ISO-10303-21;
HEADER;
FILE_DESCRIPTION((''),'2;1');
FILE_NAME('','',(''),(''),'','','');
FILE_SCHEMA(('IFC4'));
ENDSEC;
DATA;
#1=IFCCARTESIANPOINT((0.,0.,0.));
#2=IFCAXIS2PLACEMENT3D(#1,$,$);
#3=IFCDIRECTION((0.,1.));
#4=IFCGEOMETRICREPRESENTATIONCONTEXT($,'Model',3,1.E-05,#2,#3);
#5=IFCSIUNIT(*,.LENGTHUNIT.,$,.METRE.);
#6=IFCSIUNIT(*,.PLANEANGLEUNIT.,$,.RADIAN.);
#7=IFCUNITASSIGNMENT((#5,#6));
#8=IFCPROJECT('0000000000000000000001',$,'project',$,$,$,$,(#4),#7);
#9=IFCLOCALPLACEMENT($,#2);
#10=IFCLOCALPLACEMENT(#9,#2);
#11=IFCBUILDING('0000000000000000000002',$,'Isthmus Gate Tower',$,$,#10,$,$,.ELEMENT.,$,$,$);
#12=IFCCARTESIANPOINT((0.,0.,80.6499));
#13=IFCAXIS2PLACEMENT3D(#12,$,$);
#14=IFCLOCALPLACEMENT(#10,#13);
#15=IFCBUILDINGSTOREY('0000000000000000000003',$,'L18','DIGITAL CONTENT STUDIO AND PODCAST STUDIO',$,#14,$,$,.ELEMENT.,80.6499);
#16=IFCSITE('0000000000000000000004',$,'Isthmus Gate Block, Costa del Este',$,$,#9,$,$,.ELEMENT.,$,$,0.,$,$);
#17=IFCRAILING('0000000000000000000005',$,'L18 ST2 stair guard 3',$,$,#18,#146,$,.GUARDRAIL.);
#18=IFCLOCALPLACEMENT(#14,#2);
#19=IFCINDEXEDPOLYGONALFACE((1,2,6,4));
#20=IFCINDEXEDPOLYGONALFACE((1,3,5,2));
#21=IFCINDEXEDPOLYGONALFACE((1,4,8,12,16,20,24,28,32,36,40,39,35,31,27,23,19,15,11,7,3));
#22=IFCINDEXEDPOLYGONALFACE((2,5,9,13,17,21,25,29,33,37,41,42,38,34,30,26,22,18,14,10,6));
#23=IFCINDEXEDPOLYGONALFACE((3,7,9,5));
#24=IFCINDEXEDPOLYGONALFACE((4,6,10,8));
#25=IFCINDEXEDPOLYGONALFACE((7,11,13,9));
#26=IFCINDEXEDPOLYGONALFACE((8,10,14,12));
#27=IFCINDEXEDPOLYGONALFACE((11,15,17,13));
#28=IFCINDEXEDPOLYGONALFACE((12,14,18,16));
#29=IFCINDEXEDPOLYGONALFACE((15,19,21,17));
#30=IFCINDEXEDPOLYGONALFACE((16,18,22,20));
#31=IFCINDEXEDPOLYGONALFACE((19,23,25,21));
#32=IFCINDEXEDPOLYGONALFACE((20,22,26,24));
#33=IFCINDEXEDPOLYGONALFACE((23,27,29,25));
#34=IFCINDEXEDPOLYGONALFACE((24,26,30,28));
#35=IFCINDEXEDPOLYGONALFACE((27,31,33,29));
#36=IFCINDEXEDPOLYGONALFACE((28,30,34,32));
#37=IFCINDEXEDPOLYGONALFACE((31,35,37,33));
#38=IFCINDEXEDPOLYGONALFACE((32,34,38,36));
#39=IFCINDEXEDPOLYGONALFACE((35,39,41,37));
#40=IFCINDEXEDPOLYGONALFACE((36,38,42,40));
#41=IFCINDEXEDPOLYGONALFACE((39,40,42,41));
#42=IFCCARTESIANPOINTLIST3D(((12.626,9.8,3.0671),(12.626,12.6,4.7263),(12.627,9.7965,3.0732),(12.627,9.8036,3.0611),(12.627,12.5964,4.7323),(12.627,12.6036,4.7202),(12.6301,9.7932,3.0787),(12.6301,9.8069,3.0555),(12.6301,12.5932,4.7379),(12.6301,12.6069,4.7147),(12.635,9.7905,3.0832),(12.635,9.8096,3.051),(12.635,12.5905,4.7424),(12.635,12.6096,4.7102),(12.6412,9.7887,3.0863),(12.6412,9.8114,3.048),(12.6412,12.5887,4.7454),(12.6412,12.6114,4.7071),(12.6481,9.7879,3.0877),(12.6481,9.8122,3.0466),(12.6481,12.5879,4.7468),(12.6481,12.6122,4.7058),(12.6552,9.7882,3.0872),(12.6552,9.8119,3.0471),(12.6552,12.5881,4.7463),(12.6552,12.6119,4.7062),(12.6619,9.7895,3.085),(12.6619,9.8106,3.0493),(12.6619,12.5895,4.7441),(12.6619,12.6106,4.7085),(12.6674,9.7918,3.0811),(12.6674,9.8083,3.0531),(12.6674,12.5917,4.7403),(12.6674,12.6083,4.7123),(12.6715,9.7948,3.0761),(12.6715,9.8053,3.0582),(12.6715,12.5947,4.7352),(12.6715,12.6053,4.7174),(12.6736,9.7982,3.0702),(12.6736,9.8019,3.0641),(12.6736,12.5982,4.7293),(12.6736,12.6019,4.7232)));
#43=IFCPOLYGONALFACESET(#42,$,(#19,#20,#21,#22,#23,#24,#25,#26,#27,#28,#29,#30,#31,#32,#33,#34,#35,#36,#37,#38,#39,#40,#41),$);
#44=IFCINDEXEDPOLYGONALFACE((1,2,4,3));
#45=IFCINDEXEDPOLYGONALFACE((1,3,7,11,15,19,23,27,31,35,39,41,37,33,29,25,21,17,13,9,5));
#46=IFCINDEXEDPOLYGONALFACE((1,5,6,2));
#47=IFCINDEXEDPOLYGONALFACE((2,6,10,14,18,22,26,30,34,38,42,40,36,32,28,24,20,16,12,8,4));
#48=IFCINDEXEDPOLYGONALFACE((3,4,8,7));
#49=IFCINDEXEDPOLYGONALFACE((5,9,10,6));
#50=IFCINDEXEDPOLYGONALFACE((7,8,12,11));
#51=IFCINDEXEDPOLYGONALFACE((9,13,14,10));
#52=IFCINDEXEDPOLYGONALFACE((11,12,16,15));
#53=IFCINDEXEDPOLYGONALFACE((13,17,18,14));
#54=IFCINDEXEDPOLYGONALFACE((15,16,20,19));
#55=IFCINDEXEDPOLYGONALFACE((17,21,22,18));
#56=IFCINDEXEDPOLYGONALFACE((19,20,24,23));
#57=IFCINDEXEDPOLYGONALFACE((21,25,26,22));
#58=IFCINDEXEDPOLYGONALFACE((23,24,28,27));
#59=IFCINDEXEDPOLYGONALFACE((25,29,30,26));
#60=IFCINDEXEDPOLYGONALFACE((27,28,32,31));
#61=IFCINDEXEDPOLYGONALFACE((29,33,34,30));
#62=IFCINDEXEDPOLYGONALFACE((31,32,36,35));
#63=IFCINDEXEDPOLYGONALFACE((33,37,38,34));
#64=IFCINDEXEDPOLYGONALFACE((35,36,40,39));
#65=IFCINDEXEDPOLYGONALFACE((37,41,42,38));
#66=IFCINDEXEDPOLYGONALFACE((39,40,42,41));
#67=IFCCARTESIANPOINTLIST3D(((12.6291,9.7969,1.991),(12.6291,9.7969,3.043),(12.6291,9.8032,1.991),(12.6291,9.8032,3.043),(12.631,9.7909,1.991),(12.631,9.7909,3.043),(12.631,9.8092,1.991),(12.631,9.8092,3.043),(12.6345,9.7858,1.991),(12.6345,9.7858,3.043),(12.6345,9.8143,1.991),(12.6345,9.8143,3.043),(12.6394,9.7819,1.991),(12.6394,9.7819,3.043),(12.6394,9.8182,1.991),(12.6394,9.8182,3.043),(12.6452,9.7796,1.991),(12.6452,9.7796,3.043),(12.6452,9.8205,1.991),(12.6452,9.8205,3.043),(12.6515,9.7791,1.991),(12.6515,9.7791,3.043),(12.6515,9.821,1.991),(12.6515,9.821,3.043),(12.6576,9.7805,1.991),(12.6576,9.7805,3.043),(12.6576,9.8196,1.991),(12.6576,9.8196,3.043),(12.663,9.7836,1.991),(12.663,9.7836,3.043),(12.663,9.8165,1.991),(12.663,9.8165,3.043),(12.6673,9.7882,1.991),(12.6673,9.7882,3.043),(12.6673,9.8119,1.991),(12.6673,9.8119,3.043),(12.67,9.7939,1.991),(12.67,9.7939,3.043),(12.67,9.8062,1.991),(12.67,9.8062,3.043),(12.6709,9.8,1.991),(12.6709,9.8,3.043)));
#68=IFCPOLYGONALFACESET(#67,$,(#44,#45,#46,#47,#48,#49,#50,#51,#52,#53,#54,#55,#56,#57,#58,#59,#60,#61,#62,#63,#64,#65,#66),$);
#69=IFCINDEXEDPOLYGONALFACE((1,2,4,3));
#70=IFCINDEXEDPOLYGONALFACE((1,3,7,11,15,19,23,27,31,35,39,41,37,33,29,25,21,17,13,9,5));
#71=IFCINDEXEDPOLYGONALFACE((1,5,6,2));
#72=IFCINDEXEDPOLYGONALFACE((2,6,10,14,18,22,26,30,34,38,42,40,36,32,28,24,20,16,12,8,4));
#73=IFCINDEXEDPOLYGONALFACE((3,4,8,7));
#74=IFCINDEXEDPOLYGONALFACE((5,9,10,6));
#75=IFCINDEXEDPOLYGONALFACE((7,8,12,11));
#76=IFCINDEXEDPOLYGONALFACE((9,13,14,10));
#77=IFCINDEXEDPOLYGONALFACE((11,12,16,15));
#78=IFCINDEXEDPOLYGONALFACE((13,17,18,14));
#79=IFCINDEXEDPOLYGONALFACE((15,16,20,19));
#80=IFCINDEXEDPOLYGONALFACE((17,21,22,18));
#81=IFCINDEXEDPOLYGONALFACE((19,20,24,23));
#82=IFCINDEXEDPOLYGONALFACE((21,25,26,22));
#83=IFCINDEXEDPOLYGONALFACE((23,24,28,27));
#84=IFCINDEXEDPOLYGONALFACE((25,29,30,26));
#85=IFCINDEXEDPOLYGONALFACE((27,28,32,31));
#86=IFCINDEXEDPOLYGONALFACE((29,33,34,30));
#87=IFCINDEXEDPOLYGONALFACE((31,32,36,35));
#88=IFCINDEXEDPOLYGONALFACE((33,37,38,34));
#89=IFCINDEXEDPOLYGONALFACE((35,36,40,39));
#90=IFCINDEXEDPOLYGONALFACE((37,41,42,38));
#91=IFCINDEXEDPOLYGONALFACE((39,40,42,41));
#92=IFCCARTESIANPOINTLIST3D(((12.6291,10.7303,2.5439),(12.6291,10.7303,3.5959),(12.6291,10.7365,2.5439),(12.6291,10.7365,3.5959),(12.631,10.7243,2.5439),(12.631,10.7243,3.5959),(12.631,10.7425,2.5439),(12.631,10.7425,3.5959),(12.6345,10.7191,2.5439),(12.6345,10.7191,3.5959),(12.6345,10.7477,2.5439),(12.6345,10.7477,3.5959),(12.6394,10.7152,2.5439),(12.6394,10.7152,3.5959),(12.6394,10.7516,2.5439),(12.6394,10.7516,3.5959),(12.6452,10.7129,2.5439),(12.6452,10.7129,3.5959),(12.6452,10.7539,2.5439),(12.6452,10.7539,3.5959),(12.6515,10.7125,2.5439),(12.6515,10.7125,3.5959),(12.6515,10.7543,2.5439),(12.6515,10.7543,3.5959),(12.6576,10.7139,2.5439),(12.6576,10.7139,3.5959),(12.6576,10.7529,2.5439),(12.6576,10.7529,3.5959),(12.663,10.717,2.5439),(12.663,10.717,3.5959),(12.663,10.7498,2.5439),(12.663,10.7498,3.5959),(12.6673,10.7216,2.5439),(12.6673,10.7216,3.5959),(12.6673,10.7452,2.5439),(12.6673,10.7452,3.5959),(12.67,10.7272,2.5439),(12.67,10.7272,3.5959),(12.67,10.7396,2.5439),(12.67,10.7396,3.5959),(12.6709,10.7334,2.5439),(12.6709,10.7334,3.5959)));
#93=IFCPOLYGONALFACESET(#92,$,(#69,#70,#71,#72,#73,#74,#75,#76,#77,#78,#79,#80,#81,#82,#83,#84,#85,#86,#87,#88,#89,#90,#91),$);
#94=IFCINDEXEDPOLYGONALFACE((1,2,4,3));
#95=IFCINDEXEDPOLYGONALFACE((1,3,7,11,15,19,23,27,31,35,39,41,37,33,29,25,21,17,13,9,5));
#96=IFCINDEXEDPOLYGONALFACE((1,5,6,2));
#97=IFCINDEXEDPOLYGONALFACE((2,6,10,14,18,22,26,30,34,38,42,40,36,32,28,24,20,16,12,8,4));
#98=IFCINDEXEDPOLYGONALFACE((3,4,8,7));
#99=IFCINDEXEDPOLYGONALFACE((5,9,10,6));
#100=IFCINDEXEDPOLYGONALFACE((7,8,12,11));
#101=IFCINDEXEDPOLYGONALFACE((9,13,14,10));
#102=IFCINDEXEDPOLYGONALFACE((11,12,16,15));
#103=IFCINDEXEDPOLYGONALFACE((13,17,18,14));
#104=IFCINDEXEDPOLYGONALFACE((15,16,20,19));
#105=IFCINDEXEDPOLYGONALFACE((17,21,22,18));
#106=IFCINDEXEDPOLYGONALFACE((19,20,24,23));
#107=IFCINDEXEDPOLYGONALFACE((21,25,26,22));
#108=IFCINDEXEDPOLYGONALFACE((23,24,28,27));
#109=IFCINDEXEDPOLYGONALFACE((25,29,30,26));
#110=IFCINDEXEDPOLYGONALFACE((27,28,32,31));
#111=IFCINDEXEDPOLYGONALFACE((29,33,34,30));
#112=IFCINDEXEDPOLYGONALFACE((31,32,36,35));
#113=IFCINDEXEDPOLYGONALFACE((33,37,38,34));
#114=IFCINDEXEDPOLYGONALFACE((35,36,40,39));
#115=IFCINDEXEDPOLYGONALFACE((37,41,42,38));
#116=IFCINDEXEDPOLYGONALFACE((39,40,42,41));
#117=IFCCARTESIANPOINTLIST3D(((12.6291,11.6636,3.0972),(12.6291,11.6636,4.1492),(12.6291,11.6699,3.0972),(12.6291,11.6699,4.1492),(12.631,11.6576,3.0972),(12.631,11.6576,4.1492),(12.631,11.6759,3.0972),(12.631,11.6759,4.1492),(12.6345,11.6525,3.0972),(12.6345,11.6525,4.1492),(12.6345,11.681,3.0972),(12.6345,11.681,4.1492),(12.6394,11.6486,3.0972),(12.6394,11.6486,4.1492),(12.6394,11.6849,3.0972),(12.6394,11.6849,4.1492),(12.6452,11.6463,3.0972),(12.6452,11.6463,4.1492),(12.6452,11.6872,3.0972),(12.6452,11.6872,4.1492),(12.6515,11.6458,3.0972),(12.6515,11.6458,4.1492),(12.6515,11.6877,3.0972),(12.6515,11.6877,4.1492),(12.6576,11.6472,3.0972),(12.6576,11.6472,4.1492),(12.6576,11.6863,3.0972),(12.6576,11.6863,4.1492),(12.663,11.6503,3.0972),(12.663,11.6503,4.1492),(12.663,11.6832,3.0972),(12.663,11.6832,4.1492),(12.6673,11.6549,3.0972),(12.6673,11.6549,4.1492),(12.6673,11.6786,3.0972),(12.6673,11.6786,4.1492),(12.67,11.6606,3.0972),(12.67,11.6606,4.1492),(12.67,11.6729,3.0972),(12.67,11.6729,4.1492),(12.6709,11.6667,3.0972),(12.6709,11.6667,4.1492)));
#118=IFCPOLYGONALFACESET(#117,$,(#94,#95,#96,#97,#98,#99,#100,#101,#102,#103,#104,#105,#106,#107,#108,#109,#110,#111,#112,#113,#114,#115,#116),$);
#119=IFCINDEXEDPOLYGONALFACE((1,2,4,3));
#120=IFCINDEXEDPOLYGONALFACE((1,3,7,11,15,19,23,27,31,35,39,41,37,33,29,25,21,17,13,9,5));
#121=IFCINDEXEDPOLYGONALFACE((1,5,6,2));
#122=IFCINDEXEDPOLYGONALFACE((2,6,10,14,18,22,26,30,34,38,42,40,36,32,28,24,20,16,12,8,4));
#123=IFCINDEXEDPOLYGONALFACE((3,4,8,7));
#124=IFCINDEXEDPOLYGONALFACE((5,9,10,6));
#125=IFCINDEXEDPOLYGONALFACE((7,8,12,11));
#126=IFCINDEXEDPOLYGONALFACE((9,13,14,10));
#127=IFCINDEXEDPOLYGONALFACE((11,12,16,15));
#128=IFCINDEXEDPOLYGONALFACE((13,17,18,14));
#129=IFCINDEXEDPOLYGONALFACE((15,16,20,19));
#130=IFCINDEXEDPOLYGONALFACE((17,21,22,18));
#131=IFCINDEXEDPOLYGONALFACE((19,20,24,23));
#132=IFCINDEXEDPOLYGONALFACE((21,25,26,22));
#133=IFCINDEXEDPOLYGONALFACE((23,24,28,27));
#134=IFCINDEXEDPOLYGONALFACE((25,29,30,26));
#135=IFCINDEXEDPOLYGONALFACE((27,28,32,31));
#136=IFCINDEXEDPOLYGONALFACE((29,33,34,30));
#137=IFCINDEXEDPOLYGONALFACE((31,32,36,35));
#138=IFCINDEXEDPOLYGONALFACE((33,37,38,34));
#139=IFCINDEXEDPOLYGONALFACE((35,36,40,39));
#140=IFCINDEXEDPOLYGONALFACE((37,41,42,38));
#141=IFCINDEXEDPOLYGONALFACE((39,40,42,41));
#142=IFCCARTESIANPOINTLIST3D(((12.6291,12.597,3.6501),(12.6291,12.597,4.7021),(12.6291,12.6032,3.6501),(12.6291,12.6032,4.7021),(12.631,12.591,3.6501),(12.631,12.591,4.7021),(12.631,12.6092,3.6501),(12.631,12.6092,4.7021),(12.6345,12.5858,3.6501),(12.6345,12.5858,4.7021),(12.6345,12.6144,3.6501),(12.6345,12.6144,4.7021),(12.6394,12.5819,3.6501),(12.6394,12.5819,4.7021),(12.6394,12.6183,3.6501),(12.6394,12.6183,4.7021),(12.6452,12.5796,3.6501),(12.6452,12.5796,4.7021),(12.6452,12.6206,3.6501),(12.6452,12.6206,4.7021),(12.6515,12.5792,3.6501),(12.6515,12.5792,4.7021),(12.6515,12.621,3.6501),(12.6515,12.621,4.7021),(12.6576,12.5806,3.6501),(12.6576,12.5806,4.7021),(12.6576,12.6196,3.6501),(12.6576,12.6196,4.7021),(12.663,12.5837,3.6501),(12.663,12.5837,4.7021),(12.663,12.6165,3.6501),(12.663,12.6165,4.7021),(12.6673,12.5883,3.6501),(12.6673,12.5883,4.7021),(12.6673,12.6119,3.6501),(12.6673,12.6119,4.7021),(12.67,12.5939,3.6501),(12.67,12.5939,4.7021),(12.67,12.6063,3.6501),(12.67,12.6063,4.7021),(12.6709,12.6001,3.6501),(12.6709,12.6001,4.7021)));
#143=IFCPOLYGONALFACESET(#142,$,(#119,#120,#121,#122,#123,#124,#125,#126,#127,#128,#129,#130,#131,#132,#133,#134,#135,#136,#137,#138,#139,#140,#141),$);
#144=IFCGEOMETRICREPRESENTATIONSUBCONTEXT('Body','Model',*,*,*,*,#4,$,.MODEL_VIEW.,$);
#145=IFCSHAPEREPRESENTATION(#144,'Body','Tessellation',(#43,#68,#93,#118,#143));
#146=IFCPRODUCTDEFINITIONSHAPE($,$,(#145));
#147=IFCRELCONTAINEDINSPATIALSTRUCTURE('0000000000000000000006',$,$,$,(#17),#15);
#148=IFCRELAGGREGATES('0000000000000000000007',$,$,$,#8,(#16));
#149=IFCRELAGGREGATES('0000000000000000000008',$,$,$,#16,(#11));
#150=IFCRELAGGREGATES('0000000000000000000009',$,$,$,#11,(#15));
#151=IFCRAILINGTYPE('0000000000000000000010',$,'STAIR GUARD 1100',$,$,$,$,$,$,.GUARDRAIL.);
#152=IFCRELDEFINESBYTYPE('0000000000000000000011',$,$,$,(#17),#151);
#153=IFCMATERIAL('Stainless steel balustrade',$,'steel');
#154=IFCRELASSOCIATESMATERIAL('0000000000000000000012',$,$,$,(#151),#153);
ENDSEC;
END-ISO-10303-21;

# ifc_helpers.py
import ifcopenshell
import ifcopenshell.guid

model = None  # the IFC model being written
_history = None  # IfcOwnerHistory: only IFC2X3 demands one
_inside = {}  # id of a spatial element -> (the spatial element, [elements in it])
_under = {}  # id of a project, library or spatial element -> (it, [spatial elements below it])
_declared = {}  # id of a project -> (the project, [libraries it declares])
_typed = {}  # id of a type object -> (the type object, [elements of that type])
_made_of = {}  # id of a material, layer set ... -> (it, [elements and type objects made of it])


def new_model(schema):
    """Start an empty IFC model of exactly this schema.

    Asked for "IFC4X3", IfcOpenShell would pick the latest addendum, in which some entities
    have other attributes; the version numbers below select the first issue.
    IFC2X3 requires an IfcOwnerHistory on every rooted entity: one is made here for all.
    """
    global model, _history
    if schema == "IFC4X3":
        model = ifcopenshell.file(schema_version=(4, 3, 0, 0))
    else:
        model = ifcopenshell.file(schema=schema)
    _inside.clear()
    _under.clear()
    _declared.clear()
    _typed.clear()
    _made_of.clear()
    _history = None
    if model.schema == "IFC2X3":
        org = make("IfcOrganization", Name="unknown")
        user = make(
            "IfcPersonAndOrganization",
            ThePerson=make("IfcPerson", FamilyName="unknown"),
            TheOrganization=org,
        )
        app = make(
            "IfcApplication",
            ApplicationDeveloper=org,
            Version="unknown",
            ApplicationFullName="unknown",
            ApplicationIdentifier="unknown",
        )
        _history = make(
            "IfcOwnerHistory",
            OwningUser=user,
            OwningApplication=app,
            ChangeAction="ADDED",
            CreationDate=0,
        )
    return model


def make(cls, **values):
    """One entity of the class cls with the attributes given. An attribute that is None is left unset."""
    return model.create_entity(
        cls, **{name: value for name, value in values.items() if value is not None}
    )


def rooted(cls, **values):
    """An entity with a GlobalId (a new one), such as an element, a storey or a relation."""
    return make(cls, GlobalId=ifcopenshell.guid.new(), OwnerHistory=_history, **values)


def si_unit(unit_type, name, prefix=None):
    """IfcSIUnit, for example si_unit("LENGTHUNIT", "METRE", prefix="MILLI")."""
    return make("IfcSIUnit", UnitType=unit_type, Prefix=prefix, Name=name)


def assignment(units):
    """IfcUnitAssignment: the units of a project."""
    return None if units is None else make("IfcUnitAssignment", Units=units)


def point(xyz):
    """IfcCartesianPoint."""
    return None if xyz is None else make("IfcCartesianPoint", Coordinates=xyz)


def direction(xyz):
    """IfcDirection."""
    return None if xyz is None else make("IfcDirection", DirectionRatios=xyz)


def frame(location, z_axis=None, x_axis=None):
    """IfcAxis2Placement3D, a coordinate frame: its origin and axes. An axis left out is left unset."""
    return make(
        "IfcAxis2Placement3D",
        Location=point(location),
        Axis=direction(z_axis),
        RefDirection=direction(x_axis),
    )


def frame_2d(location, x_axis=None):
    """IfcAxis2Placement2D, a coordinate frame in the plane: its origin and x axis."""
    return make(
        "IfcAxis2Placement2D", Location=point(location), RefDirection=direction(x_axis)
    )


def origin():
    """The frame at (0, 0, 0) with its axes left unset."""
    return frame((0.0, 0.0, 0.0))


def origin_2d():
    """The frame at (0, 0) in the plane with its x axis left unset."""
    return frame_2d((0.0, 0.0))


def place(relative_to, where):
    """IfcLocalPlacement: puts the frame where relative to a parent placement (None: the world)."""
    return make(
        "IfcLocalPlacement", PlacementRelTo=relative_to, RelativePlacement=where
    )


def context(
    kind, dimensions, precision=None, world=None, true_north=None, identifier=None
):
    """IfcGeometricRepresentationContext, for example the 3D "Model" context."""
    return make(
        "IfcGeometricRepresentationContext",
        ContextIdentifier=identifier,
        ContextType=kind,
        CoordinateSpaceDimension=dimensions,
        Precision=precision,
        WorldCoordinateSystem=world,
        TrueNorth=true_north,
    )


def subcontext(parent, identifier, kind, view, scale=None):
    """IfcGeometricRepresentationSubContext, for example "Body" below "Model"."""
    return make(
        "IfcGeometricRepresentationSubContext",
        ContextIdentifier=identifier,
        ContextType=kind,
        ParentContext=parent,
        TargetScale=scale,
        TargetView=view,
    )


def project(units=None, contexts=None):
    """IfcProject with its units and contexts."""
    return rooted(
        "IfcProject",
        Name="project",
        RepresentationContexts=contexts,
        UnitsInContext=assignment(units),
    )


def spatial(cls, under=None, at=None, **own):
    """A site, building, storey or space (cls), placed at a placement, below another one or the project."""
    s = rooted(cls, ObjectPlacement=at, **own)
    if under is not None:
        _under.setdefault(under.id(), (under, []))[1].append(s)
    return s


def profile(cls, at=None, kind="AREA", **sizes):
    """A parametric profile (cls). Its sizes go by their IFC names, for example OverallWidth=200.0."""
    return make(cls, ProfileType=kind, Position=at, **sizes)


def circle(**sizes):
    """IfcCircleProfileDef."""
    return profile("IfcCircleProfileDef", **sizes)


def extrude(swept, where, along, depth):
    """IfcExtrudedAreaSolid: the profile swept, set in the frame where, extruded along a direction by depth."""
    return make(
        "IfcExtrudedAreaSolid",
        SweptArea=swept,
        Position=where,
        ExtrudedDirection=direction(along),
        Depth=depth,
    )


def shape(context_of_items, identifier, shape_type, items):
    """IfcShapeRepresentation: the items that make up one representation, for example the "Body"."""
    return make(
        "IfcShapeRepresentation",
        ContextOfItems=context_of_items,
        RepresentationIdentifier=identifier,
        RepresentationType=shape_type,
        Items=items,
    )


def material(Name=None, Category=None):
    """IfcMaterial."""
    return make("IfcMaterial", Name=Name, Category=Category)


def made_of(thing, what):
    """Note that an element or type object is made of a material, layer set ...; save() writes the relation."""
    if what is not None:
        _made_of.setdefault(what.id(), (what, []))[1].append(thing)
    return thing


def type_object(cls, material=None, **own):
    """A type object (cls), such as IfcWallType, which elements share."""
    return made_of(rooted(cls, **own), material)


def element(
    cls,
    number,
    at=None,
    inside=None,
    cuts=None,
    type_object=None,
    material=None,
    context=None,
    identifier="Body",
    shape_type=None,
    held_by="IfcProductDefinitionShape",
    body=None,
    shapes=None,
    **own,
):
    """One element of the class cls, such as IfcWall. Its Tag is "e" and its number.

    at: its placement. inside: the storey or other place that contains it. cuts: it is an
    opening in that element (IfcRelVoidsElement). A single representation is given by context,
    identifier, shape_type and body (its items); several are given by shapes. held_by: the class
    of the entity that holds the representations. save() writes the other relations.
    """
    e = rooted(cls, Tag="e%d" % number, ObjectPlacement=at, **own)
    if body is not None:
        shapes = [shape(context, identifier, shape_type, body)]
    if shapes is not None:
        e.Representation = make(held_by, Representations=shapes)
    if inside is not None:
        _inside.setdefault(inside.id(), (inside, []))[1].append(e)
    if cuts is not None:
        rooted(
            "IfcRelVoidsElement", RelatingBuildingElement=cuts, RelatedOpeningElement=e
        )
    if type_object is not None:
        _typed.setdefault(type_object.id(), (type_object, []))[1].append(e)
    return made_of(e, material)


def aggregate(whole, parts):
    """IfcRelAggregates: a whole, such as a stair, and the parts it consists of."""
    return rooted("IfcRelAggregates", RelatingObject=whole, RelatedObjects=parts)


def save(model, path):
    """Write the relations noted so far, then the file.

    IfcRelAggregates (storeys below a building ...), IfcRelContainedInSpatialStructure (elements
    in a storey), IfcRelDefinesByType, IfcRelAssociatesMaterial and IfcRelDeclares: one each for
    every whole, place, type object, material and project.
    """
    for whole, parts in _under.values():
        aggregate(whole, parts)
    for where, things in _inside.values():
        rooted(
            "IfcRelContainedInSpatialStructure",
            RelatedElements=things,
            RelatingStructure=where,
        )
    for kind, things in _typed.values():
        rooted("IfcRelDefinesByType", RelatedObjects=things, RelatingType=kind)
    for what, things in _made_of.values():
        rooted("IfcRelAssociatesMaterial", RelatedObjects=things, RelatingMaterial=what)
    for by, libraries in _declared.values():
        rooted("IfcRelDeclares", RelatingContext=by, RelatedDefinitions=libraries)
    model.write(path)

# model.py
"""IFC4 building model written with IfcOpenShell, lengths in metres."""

from ifc_helpers import new_model, si_unit, direction, frame, origin, origin_2d, place, context, subcontext, project, spatial, circle, extrude, material, type_object, element, save


model = new_model("IFC4")

# Units and contexts
model_context = context("Model", 3, precision=1e-05, world=origin(), true_north=direction((0.0, 1.0)))
body_context = subcontext(model_context, "Body", "Model", "MODEL_VIEW")
ifc_project = project(units=[si_unit("LENGTHUNIT", "METRE"), si_unit("PLANEANGLEUNIT", "RADIAN")], contexts=[model_context])

# Site, building, storey
site_placement = place(None, origin())
site = spatial("IfcSite", under=ifc_project, at=site_placement, Name="Isthmus Gate Block, Costa del Este", CompositionType="ELEMENT", RefElevation=0.0)
building_placement = place(site_placement, origin())
building = spatial("IfcBuilding", under=site, at=building_placement, Name="Isthmus Gate Tower", CompositionType="ELEMENT")
storey_placement = place(building_placement, frame((0.0, 0.0, 80.6499)))
storey = spatial("IfcBuildingStorey", under=building, at=storey_placement, Name="L18", Description="DIGITAL CONTENT STUDIO AND PODCAST STUDIO", CompositionType="ELEMENT", Elevation=80.6499)

# Railing
ifc_material_1 = material(Name="Stainless steel balustrade", Category="steel")
railing_type_1 = type_object("IfcRailingType", Name="STAIR GUARD 1100", PredefinedType="GUARDRAIL", material=ifc_material_1)
railing_1_placement = place(storey_placement, frame((12.6499, 9.8, 1.991)))
element("IfcRailing", 1, at=railing_1_placement, inside=storey, type_object=railing_type_1, Name="L18 ST2 stair guard 3", PredefinedType="GUARDRAIL", context=body_context, shape_type="SweptSolid", body=[
    extrude(circle(Radius=0.0239, at=origin_2d()), frame((0.0, 0.0, 1.0762), z_axis=(0.0, 0.860306, 0.509778), x_axis=(-1.0, 0.0, 0.0)), (0.0, 0.0, 1.0), 3.2546),
    extrude(circle(Radius=0.021, at=origin_2d()), origin(), (0.0, 0.0, 1.0), 1.052),
    extrude(circle(Radius=0.021, at=origin_2d()), frame((0.0, 0.9333, 0.553)), (0.0, 0.0, 1.0), 1.052),
    extrude(circle(Radius=0.021, at=origin_2d()), frame((0.0, 1.8667, 1.1062)), (0.0, 0.0, 1.0), 1.052),
    extrude(circle(Radius=0.021, at=origin_2d()), frame((0.0, 2.8, 1.6592)), (0.0, 0.0, 1.0), 1.052),
])

save(model, "model.ifc")
